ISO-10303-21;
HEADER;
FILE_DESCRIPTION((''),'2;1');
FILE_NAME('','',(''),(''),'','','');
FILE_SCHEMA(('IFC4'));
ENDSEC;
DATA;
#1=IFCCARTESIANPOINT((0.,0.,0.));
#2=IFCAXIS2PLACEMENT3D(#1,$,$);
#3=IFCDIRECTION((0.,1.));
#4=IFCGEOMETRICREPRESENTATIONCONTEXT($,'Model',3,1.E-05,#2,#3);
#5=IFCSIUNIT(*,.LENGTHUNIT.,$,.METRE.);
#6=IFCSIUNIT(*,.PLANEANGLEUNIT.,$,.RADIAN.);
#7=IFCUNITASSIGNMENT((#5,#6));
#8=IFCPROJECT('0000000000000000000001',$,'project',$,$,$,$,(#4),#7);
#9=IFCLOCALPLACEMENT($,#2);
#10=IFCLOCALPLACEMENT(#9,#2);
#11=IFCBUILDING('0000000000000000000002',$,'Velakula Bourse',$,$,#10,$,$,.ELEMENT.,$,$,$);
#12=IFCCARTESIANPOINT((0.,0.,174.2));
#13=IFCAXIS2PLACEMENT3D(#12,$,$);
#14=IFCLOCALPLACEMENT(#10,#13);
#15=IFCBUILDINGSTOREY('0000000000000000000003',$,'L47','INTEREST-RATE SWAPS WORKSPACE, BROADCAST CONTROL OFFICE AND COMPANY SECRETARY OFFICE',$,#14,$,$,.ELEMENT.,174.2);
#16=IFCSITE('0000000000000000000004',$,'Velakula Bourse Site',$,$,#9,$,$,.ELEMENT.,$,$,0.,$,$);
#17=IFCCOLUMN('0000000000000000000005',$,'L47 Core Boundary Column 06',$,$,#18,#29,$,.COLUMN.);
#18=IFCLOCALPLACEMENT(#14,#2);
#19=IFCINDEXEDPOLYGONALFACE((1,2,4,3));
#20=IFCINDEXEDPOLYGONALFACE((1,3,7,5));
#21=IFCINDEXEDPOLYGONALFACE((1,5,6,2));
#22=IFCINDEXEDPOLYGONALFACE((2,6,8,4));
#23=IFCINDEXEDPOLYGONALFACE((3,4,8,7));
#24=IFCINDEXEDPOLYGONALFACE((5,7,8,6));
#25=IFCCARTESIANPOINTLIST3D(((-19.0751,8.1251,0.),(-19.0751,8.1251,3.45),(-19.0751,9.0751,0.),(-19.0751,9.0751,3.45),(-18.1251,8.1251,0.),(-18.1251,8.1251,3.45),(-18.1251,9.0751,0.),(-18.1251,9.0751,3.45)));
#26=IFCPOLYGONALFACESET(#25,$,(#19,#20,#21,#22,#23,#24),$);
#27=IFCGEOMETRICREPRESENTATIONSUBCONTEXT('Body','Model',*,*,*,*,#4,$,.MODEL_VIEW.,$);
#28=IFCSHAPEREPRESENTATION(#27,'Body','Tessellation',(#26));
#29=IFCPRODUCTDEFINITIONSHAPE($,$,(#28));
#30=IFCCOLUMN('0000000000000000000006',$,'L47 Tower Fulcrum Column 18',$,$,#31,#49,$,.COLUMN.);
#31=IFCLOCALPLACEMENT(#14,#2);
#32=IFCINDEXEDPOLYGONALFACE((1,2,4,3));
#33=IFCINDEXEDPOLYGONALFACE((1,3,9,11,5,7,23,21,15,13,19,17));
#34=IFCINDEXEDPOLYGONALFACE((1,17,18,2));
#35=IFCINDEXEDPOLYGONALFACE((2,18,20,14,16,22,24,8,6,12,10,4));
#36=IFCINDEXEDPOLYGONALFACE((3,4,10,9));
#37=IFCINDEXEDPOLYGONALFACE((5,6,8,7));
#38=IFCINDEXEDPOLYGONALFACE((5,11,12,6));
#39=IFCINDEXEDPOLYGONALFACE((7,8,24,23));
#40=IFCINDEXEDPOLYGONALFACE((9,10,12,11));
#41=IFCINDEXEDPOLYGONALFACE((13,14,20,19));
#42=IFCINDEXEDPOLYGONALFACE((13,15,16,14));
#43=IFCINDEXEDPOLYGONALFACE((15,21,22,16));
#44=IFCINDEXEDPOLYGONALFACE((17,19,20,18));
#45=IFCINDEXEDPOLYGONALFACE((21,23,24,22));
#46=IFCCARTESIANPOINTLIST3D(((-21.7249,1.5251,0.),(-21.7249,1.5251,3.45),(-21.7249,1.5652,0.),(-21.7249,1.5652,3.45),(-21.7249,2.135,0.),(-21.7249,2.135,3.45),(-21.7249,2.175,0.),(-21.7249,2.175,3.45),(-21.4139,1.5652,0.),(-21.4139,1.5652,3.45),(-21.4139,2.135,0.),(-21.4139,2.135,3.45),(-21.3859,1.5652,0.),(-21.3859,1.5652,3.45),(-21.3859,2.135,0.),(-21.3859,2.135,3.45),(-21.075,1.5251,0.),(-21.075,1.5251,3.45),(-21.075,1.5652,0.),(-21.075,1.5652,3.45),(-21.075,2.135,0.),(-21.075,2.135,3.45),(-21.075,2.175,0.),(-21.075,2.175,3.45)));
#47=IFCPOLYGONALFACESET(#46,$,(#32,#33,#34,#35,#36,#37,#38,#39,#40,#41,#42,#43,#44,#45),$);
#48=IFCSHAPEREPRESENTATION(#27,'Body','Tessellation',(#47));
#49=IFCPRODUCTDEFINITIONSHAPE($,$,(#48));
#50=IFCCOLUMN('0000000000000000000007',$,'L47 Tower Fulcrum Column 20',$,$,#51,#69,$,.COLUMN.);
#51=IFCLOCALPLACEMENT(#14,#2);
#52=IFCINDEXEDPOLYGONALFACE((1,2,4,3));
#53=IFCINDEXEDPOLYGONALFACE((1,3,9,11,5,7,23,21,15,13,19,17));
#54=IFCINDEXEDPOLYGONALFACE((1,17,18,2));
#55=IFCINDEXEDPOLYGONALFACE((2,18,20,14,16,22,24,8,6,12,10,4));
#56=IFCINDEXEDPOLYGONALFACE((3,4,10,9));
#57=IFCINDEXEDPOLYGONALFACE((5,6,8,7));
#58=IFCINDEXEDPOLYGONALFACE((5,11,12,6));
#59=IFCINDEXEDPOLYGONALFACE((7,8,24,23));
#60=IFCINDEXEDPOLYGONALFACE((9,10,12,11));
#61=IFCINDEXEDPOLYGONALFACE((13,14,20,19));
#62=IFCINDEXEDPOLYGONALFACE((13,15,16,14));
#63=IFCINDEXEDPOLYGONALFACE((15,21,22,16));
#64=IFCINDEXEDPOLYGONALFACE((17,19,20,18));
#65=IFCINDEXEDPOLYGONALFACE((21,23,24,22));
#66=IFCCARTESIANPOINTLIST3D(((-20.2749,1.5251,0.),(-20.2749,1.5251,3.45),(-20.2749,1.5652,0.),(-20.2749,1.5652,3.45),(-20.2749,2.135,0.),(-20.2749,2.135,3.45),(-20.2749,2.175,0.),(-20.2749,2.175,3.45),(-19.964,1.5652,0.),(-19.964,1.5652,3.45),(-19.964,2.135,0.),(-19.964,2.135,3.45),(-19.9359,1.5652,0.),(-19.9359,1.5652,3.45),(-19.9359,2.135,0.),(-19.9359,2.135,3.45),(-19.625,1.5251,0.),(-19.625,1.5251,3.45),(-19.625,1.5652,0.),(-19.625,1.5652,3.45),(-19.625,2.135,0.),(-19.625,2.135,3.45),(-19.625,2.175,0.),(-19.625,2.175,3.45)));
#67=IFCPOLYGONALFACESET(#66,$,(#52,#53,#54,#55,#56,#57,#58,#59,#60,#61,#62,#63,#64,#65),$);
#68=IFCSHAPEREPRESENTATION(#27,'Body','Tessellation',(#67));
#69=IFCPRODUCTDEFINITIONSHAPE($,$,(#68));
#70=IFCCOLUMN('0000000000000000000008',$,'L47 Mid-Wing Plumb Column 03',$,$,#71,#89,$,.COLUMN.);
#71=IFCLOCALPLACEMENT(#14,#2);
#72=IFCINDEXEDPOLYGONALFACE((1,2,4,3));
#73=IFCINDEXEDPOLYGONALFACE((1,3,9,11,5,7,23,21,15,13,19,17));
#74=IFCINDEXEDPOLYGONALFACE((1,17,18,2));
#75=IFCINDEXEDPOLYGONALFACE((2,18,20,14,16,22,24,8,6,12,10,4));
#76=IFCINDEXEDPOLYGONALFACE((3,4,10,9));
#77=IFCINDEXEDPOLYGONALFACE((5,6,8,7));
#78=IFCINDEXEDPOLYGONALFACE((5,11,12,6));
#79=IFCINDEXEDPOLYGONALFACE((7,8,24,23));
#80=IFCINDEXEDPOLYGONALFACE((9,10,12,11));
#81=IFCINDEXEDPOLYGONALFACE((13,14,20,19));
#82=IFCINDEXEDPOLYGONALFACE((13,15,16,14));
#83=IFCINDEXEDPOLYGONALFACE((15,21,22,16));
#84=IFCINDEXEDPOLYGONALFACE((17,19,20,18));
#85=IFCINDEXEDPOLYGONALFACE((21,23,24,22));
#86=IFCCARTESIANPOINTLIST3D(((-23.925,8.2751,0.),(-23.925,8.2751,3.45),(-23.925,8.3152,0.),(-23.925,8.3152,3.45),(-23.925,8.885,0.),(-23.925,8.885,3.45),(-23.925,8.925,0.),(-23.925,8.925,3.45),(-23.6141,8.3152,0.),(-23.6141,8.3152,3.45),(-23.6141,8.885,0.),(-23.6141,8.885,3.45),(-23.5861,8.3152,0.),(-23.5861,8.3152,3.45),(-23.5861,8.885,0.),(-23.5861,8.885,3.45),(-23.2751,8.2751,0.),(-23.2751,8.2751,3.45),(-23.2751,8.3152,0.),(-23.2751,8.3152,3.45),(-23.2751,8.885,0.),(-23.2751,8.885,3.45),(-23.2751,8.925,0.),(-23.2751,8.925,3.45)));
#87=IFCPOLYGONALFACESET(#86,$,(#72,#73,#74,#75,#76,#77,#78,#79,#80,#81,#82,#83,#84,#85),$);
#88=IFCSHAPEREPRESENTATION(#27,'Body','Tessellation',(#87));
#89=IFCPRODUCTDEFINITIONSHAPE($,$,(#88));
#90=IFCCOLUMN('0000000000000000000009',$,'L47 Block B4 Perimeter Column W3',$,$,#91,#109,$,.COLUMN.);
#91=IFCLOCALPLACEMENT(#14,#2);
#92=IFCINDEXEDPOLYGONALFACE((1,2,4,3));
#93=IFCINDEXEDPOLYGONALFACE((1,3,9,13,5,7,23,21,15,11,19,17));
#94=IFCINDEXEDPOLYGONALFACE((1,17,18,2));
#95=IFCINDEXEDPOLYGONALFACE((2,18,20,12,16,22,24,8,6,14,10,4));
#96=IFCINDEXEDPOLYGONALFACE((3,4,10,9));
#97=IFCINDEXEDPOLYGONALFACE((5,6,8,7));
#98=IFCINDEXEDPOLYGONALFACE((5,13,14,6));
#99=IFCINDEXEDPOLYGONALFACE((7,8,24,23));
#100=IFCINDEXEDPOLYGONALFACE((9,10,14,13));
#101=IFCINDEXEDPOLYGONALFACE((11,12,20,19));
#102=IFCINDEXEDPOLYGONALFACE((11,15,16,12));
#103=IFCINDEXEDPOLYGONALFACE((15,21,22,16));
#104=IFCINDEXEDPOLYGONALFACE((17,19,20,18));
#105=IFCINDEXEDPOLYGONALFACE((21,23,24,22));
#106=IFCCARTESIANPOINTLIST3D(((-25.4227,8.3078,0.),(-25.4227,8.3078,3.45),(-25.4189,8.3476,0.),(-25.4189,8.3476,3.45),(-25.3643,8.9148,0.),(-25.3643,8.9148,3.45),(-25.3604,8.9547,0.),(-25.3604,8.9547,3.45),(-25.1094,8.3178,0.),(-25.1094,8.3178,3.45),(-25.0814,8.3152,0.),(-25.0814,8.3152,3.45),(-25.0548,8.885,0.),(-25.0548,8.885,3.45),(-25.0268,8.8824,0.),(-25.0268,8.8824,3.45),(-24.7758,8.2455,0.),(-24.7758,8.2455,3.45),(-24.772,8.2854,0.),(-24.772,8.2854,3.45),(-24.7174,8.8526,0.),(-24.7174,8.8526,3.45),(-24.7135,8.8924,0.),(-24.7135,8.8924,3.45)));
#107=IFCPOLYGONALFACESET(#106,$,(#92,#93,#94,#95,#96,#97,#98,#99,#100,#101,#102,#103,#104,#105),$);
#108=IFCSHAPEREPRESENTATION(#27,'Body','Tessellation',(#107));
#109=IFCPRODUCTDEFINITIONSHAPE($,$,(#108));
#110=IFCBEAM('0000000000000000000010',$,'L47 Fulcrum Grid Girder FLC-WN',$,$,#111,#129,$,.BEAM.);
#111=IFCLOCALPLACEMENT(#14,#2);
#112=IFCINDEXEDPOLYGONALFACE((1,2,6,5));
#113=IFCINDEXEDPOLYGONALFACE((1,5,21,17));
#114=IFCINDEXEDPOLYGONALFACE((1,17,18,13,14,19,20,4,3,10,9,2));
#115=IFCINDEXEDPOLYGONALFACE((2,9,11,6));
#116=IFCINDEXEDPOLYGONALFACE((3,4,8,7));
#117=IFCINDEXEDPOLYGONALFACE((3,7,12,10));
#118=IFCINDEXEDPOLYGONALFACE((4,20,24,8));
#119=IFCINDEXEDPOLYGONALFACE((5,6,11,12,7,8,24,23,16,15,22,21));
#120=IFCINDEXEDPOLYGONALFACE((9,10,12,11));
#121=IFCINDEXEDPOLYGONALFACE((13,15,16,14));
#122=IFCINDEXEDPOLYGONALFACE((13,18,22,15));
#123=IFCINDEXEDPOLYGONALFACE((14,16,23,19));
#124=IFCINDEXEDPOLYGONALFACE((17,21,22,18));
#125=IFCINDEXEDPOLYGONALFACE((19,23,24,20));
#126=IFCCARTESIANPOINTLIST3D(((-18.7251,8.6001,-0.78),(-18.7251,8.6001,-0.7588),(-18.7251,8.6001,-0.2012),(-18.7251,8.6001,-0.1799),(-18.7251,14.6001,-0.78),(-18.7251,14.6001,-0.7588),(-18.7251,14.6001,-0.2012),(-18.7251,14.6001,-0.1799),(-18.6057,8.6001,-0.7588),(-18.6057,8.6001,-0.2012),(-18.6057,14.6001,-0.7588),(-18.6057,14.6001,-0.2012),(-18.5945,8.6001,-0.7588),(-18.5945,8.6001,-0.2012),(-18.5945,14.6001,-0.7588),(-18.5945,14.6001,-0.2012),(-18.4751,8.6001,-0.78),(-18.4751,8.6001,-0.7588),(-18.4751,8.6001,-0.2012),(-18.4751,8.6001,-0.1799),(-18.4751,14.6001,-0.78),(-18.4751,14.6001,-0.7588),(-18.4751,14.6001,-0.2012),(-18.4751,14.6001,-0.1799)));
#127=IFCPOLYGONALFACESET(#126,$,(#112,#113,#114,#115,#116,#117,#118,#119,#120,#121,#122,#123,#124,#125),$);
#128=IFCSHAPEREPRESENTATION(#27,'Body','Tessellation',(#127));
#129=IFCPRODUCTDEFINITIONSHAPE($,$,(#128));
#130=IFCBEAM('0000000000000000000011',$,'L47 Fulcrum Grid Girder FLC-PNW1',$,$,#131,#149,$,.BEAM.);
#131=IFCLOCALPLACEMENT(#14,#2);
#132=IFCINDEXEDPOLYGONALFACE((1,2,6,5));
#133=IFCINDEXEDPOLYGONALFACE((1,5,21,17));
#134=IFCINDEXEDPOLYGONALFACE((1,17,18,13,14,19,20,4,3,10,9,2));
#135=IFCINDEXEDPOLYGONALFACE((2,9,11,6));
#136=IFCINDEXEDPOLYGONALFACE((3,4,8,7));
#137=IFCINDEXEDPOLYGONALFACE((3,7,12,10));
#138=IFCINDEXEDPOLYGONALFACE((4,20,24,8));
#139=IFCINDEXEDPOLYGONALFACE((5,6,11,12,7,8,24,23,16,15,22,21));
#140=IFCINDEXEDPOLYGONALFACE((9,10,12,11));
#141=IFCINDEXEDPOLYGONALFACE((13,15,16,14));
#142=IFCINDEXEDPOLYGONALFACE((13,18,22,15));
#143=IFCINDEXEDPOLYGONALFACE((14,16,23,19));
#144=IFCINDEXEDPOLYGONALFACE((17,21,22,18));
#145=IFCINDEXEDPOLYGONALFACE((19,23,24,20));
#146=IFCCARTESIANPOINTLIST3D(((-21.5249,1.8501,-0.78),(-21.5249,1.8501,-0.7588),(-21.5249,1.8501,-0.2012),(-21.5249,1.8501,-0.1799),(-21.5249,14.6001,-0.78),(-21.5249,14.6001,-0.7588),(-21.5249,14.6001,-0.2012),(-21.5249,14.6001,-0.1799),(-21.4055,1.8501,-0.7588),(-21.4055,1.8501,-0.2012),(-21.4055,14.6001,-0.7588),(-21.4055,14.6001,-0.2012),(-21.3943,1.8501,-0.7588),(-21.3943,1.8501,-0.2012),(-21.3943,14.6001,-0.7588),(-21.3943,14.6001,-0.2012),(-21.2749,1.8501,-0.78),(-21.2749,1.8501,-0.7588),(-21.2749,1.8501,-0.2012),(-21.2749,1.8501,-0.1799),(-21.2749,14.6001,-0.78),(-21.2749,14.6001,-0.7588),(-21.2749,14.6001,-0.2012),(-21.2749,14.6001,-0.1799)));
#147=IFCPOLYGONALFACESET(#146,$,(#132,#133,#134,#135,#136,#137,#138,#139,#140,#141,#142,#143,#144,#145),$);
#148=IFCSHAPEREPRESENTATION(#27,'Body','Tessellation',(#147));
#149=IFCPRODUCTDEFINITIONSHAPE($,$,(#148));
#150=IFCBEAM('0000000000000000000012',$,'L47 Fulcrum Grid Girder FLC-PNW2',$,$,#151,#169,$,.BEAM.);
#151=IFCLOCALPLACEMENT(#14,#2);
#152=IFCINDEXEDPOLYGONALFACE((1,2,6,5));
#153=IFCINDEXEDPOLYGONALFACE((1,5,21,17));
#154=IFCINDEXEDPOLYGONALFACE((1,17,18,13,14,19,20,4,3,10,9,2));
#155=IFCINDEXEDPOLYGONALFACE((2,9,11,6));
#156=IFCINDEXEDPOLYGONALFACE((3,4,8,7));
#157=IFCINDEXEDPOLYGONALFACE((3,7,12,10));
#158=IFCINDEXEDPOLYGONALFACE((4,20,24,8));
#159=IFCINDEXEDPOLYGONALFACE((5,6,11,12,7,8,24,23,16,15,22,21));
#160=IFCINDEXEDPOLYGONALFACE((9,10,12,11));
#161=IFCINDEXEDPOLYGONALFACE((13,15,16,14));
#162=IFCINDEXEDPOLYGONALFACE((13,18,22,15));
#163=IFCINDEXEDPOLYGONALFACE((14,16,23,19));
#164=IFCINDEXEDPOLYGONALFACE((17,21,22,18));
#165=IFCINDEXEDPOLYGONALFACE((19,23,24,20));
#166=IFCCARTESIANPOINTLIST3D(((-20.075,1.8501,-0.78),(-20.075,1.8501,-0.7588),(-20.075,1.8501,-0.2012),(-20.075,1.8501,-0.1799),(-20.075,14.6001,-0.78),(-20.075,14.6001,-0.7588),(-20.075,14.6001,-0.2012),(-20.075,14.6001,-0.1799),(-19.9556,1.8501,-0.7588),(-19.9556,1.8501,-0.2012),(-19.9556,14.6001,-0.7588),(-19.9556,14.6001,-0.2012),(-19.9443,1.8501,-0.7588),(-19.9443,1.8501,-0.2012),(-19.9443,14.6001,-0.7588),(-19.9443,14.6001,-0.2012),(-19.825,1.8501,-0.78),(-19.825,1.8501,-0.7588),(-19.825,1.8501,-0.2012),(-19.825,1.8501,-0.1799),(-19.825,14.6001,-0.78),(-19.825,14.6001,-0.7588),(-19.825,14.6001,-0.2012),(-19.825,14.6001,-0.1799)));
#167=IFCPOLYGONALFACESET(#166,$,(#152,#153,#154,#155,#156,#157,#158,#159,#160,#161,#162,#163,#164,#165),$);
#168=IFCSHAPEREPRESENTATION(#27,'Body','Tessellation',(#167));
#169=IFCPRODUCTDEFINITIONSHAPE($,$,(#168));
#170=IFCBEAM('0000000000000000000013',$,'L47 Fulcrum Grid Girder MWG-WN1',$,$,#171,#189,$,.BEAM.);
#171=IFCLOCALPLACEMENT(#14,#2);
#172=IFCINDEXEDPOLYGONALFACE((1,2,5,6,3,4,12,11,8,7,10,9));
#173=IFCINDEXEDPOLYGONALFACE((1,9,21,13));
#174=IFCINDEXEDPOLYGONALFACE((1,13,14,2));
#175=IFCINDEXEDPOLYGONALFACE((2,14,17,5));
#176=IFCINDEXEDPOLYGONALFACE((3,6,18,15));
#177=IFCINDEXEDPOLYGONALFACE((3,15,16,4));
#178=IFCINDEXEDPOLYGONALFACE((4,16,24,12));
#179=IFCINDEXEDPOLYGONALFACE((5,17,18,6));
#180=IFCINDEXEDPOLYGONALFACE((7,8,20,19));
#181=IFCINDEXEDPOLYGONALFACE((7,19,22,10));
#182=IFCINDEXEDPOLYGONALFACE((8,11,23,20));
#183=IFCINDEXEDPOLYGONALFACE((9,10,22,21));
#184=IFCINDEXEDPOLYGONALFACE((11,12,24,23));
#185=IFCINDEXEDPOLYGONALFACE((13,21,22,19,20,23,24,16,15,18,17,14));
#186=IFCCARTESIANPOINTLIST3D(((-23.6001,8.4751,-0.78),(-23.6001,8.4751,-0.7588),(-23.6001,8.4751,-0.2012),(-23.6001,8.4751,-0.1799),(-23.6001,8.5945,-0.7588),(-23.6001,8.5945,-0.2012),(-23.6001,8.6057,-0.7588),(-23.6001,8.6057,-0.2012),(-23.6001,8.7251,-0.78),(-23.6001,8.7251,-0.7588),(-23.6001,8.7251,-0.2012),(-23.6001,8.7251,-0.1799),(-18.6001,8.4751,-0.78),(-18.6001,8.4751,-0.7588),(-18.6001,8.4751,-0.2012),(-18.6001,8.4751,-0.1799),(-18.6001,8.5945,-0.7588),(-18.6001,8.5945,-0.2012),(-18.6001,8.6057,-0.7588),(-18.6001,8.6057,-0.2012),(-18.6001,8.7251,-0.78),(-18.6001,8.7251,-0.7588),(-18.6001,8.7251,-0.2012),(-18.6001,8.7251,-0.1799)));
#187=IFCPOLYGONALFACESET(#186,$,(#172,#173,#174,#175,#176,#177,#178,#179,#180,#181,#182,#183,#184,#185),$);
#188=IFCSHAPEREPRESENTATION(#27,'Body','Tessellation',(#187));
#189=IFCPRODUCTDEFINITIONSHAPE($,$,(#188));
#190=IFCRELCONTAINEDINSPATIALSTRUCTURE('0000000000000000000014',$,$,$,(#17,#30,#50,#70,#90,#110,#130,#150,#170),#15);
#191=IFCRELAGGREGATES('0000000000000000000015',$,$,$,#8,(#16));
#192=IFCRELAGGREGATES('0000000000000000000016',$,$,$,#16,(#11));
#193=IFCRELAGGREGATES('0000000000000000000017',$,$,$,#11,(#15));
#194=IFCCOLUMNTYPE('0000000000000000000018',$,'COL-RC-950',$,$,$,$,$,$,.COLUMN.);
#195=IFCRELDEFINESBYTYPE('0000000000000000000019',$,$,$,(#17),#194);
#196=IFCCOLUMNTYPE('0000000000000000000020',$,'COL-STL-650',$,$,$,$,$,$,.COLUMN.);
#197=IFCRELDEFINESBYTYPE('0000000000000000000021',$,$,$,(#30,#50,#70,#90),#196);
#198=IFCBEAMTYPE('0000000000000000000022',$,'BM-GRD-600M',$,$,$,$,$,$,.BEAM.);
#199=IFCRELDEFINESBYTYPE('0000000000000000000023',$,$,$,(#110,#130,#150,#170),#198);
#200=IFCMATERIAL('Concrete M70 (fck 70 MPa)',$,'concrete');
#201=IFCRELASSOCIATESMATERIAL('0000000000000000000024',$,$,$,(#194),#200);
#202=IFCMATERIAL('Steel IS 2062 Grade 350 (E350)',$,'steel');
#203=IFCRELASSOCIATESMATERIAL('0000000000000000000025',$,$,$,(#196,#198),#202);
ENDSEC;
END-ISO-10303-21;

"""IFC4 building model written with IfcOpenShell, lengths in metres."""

from ifc_helpers import new_model, si_unit, direction, frame, origin, origin_2d, place, context, subcontext, project, spatial, rectangle, i_section, extrude, material, material_profile, profile_set, type_object, element, save


model = new_model("IFC4")

# Units and contexts
model_context = context("Model", 3, precision=1e-05, world=origin(), true_north=direction((0.0, 1.0)))
body_context = subcontext(model_context, "Body", "Model", "MODEL_VIEW")
ifc_project = project(units=[si_unit("LENGTHUNIT", "METRE"), si_unit("PLANEANGLEUNIT", "RADIAN")], contexts=[model_context])

# Site, building, storey
site_placement = place(None, origin())
site = spatial("IfcSite", under=ifc_project, at=site_placement, Name="Velakula Bourse Site", CompositionType="ELEMENT", RefElevation=0.0)
building_placement = place(site_placement, origin())
building = spatial("IfcBuilding", under=site, at=building_placement, Name="Velakula Bourse", CompositionType="ELEMENT")
storey_placement = place(building_placement, frame((0.0, 0.0, 174.2)))
storey = spatial("IfcBuildingStorey", under=building, at=storey_placement, Name="L47", Description="INTEREST-RATE SWAPS WORKSPACE, BROADCAST CONTROL OFFICE AND COMPANY SECRETARY OFFICE", CompositionType="ELEMENT", Elevation=174.2)

# Columns
ifc_material_1 = material(Name="Concrete M70 (fck 70 MPa)", Category="concrete")
ifc_material_profile_1 = material_profile(ifc_material_1, rectangle(XDim=0.95, YDim=0.95, at=origin_2d()), Name="Concrete M70 (fck 70 MPa)")
ifc_profile_set_1 = profile_set([ifc_material_profile_1], Name="Concrete M70 (fck 70 MPa)")
column_type_1 = type_object("IfcColumnType", Name="COL-RC-950", PredefinedType="COLUMN", material=ifc_profile_set_1)
column_placement = place(storey_placement, frame((-18.6001, 8.6001, 0.0), z_axis=(0.0, 0.0, 1.0), x_axis=(1.0, 0.0, 0.0)))
element("IfcColumn", 1, at=column_placement, inside=storey, type_object=column_type_1, Name="L47 Core Boundary Column 06", PredefinedType="COLUMN", context=body_context, shape_type="SweptSolid", body=[
    extrude(rectangle(XDim=0.95, YDim=0.95, at=origin_2d()), origin(), (0.0, 0.0, 1.0), 3.45),
])
ifc_material_2 = material(Name="Steel IS 2062 Grade 350 (E350)", Category="steel")
ifc_material_profile_2 = material_profile(ifc_material_2, i_section(OverallWidth=0.6499, OverallDepth=0.6499, WebThickness=0.0281, FlangeThickness=0.04, at=origin_2d()), Name="Steel IS 2062 Grade 350 (E350)")
ifc_profile_set_2 = profile_set([ifc_material_profile_2], Name="Steel IS 2062 Grade 350 (E350)")
column_type_2 = type_object("IfcColumnType", Name="COL-STL-650", PredefinedType="COLUMN", material=ifc_profile_set_2)
for number, where, z_axis, x_axis, name in (
    (2, (-21.3999, 1.8501, 0.0), (0.0, 0.0, 1.0), (1.0, 0.0, 0.0), "L47 Tower Fulcrum Column 18"),
    (3, (-19.95, 1.8501, 0.0), (0.0, 0.0, 1.0), (1.0, 0.0, 0.0), "L47 Tower Fulcrum Column 20"),
    (4, (-23.6001, 8.6001, 0.0), (0.0, 0.0, 1.0), (1.0, 0.0, 0.0), "L47 Mid-Wing Plumb Column 03"),
    (5, (-25.0681, 8.6001, 0.0), (0.0, 0.0, 1.0), (0.995396, -0.095846, 0.0), "L47 Block B4 Perimeter Column W3"),
):
    element("IfcColumn", number, at=place(storey_placement, frame(where, z_axis=z_axis, x_axis=x_axis)), inside=storey, type_object=column_type_2, Name=name, PredefinedType="COLUMN", context=body_context, shape_type="SweptSolid", body=[
        extrude(i_section(OverallWidth=0.6499, OverallDepth=0.6499, WebThickness=0.0281, FlangeThickness=0.04, at=origin_2d()), origin(), (0.0, 0.0, 1.0), 3.45),
    ])

# Beams
ifc_material_profile_3 = material_profile(ifc_material_2, i_section(OverallWidth=0.25, OverallDepth=0.6001, WebThickness=0.0112, FlangeThickness=0.0212, at=origin_2d()), Name="Steel IS 2062 Grade 350 (E350)")
ifc_profile_set_3 = profile_set([ifc_material_profile_3], Name="Steel IS 2062 Grade 350 (E350)")
beam_type_1 = type_object("IfcBeamType", Name="BM-GRD-600M", PredefinedType="BEAM", material=ifc_profile_set_3)
beam_1_placement = place(storey_placement, frame((-18.6001, 8.6001, -0.48), z_axis=(0.0, 1.0, 0.0), x_axis=(-1.0, 0.0, 0.0)))
element("IfcBeam", 6, at=beam_1_placement, inside=storey, type_object=beam_type_1, Name="L47 Fulcrum Grid Girder FLC-WN", PredefinedType="BEAM", context=body_context, shape_type="SweptSolid", body=[
    extrude(i_section(OverallWidth=0.25, OverallDepth=0.6001, WebThickness=0.0112, FlangeThickness=0.0212, at=origin_2d()), origin(), (0.0, 0.0, 1.0), 6.0),
])
for number, where, z_axis, x_axis, name in (
    (7, (-21.3999, 1.8501, -0.48), (0.0, 1.0, 0.0), (-1.0, 0.0, 0.0), "L47 Fulcrum Grid Girder FLC-PNW1"),
    (8, (-19.95, 1.8501, -0.48), (0.0, 1.0, 0.0), (-1.0, 0.0, 0.0), "L47 Fulcrum Grid Girder FLC-PNW2"),
):
    element("IfcBeam", number, at=place(storey_placement, frame(where, z_axis=z_axis, x_axis=x_axis)), inside=storey, type_object=beam_type_1, Name=name, PredefinedType="BEAM", context=body_context, shape_type="SweptSolid", body=[
        extrude(i_section(OverallWidth=0.25, OverallDepth=0.6001, WebThickness=0.0112, FlangeThickness=0.0212, at=origin_2d()), origin(), (0.0, 0.0, 1.0), 12.75),
    ])
beam_2_placement = place(storey_placement, frame((-23.6001, 8.6001, -0.48), z_axis=(1.0, 0.0, 0.0), x_axis=(0.0, 1.0, 0.0)))
element("IfcBeam", 9, at=beam_2_placement, inside=storey, type_object=beam_type_1, Name="L47 Fulcrum Grid Girder MWG-WN1", PredefinedType="BEAM", context=body_context, shape_type="SweptSolid", body=[
    extrude(i_section(OverallWidth=0.25, OverallDepth=0.6001, WebThickness=0.0112, FlangeThickness=0.0212, at=origin_2d()), origin(), (0.0, 0.0, 1.0), 5.0),
])

save(model, "model.ifc")
